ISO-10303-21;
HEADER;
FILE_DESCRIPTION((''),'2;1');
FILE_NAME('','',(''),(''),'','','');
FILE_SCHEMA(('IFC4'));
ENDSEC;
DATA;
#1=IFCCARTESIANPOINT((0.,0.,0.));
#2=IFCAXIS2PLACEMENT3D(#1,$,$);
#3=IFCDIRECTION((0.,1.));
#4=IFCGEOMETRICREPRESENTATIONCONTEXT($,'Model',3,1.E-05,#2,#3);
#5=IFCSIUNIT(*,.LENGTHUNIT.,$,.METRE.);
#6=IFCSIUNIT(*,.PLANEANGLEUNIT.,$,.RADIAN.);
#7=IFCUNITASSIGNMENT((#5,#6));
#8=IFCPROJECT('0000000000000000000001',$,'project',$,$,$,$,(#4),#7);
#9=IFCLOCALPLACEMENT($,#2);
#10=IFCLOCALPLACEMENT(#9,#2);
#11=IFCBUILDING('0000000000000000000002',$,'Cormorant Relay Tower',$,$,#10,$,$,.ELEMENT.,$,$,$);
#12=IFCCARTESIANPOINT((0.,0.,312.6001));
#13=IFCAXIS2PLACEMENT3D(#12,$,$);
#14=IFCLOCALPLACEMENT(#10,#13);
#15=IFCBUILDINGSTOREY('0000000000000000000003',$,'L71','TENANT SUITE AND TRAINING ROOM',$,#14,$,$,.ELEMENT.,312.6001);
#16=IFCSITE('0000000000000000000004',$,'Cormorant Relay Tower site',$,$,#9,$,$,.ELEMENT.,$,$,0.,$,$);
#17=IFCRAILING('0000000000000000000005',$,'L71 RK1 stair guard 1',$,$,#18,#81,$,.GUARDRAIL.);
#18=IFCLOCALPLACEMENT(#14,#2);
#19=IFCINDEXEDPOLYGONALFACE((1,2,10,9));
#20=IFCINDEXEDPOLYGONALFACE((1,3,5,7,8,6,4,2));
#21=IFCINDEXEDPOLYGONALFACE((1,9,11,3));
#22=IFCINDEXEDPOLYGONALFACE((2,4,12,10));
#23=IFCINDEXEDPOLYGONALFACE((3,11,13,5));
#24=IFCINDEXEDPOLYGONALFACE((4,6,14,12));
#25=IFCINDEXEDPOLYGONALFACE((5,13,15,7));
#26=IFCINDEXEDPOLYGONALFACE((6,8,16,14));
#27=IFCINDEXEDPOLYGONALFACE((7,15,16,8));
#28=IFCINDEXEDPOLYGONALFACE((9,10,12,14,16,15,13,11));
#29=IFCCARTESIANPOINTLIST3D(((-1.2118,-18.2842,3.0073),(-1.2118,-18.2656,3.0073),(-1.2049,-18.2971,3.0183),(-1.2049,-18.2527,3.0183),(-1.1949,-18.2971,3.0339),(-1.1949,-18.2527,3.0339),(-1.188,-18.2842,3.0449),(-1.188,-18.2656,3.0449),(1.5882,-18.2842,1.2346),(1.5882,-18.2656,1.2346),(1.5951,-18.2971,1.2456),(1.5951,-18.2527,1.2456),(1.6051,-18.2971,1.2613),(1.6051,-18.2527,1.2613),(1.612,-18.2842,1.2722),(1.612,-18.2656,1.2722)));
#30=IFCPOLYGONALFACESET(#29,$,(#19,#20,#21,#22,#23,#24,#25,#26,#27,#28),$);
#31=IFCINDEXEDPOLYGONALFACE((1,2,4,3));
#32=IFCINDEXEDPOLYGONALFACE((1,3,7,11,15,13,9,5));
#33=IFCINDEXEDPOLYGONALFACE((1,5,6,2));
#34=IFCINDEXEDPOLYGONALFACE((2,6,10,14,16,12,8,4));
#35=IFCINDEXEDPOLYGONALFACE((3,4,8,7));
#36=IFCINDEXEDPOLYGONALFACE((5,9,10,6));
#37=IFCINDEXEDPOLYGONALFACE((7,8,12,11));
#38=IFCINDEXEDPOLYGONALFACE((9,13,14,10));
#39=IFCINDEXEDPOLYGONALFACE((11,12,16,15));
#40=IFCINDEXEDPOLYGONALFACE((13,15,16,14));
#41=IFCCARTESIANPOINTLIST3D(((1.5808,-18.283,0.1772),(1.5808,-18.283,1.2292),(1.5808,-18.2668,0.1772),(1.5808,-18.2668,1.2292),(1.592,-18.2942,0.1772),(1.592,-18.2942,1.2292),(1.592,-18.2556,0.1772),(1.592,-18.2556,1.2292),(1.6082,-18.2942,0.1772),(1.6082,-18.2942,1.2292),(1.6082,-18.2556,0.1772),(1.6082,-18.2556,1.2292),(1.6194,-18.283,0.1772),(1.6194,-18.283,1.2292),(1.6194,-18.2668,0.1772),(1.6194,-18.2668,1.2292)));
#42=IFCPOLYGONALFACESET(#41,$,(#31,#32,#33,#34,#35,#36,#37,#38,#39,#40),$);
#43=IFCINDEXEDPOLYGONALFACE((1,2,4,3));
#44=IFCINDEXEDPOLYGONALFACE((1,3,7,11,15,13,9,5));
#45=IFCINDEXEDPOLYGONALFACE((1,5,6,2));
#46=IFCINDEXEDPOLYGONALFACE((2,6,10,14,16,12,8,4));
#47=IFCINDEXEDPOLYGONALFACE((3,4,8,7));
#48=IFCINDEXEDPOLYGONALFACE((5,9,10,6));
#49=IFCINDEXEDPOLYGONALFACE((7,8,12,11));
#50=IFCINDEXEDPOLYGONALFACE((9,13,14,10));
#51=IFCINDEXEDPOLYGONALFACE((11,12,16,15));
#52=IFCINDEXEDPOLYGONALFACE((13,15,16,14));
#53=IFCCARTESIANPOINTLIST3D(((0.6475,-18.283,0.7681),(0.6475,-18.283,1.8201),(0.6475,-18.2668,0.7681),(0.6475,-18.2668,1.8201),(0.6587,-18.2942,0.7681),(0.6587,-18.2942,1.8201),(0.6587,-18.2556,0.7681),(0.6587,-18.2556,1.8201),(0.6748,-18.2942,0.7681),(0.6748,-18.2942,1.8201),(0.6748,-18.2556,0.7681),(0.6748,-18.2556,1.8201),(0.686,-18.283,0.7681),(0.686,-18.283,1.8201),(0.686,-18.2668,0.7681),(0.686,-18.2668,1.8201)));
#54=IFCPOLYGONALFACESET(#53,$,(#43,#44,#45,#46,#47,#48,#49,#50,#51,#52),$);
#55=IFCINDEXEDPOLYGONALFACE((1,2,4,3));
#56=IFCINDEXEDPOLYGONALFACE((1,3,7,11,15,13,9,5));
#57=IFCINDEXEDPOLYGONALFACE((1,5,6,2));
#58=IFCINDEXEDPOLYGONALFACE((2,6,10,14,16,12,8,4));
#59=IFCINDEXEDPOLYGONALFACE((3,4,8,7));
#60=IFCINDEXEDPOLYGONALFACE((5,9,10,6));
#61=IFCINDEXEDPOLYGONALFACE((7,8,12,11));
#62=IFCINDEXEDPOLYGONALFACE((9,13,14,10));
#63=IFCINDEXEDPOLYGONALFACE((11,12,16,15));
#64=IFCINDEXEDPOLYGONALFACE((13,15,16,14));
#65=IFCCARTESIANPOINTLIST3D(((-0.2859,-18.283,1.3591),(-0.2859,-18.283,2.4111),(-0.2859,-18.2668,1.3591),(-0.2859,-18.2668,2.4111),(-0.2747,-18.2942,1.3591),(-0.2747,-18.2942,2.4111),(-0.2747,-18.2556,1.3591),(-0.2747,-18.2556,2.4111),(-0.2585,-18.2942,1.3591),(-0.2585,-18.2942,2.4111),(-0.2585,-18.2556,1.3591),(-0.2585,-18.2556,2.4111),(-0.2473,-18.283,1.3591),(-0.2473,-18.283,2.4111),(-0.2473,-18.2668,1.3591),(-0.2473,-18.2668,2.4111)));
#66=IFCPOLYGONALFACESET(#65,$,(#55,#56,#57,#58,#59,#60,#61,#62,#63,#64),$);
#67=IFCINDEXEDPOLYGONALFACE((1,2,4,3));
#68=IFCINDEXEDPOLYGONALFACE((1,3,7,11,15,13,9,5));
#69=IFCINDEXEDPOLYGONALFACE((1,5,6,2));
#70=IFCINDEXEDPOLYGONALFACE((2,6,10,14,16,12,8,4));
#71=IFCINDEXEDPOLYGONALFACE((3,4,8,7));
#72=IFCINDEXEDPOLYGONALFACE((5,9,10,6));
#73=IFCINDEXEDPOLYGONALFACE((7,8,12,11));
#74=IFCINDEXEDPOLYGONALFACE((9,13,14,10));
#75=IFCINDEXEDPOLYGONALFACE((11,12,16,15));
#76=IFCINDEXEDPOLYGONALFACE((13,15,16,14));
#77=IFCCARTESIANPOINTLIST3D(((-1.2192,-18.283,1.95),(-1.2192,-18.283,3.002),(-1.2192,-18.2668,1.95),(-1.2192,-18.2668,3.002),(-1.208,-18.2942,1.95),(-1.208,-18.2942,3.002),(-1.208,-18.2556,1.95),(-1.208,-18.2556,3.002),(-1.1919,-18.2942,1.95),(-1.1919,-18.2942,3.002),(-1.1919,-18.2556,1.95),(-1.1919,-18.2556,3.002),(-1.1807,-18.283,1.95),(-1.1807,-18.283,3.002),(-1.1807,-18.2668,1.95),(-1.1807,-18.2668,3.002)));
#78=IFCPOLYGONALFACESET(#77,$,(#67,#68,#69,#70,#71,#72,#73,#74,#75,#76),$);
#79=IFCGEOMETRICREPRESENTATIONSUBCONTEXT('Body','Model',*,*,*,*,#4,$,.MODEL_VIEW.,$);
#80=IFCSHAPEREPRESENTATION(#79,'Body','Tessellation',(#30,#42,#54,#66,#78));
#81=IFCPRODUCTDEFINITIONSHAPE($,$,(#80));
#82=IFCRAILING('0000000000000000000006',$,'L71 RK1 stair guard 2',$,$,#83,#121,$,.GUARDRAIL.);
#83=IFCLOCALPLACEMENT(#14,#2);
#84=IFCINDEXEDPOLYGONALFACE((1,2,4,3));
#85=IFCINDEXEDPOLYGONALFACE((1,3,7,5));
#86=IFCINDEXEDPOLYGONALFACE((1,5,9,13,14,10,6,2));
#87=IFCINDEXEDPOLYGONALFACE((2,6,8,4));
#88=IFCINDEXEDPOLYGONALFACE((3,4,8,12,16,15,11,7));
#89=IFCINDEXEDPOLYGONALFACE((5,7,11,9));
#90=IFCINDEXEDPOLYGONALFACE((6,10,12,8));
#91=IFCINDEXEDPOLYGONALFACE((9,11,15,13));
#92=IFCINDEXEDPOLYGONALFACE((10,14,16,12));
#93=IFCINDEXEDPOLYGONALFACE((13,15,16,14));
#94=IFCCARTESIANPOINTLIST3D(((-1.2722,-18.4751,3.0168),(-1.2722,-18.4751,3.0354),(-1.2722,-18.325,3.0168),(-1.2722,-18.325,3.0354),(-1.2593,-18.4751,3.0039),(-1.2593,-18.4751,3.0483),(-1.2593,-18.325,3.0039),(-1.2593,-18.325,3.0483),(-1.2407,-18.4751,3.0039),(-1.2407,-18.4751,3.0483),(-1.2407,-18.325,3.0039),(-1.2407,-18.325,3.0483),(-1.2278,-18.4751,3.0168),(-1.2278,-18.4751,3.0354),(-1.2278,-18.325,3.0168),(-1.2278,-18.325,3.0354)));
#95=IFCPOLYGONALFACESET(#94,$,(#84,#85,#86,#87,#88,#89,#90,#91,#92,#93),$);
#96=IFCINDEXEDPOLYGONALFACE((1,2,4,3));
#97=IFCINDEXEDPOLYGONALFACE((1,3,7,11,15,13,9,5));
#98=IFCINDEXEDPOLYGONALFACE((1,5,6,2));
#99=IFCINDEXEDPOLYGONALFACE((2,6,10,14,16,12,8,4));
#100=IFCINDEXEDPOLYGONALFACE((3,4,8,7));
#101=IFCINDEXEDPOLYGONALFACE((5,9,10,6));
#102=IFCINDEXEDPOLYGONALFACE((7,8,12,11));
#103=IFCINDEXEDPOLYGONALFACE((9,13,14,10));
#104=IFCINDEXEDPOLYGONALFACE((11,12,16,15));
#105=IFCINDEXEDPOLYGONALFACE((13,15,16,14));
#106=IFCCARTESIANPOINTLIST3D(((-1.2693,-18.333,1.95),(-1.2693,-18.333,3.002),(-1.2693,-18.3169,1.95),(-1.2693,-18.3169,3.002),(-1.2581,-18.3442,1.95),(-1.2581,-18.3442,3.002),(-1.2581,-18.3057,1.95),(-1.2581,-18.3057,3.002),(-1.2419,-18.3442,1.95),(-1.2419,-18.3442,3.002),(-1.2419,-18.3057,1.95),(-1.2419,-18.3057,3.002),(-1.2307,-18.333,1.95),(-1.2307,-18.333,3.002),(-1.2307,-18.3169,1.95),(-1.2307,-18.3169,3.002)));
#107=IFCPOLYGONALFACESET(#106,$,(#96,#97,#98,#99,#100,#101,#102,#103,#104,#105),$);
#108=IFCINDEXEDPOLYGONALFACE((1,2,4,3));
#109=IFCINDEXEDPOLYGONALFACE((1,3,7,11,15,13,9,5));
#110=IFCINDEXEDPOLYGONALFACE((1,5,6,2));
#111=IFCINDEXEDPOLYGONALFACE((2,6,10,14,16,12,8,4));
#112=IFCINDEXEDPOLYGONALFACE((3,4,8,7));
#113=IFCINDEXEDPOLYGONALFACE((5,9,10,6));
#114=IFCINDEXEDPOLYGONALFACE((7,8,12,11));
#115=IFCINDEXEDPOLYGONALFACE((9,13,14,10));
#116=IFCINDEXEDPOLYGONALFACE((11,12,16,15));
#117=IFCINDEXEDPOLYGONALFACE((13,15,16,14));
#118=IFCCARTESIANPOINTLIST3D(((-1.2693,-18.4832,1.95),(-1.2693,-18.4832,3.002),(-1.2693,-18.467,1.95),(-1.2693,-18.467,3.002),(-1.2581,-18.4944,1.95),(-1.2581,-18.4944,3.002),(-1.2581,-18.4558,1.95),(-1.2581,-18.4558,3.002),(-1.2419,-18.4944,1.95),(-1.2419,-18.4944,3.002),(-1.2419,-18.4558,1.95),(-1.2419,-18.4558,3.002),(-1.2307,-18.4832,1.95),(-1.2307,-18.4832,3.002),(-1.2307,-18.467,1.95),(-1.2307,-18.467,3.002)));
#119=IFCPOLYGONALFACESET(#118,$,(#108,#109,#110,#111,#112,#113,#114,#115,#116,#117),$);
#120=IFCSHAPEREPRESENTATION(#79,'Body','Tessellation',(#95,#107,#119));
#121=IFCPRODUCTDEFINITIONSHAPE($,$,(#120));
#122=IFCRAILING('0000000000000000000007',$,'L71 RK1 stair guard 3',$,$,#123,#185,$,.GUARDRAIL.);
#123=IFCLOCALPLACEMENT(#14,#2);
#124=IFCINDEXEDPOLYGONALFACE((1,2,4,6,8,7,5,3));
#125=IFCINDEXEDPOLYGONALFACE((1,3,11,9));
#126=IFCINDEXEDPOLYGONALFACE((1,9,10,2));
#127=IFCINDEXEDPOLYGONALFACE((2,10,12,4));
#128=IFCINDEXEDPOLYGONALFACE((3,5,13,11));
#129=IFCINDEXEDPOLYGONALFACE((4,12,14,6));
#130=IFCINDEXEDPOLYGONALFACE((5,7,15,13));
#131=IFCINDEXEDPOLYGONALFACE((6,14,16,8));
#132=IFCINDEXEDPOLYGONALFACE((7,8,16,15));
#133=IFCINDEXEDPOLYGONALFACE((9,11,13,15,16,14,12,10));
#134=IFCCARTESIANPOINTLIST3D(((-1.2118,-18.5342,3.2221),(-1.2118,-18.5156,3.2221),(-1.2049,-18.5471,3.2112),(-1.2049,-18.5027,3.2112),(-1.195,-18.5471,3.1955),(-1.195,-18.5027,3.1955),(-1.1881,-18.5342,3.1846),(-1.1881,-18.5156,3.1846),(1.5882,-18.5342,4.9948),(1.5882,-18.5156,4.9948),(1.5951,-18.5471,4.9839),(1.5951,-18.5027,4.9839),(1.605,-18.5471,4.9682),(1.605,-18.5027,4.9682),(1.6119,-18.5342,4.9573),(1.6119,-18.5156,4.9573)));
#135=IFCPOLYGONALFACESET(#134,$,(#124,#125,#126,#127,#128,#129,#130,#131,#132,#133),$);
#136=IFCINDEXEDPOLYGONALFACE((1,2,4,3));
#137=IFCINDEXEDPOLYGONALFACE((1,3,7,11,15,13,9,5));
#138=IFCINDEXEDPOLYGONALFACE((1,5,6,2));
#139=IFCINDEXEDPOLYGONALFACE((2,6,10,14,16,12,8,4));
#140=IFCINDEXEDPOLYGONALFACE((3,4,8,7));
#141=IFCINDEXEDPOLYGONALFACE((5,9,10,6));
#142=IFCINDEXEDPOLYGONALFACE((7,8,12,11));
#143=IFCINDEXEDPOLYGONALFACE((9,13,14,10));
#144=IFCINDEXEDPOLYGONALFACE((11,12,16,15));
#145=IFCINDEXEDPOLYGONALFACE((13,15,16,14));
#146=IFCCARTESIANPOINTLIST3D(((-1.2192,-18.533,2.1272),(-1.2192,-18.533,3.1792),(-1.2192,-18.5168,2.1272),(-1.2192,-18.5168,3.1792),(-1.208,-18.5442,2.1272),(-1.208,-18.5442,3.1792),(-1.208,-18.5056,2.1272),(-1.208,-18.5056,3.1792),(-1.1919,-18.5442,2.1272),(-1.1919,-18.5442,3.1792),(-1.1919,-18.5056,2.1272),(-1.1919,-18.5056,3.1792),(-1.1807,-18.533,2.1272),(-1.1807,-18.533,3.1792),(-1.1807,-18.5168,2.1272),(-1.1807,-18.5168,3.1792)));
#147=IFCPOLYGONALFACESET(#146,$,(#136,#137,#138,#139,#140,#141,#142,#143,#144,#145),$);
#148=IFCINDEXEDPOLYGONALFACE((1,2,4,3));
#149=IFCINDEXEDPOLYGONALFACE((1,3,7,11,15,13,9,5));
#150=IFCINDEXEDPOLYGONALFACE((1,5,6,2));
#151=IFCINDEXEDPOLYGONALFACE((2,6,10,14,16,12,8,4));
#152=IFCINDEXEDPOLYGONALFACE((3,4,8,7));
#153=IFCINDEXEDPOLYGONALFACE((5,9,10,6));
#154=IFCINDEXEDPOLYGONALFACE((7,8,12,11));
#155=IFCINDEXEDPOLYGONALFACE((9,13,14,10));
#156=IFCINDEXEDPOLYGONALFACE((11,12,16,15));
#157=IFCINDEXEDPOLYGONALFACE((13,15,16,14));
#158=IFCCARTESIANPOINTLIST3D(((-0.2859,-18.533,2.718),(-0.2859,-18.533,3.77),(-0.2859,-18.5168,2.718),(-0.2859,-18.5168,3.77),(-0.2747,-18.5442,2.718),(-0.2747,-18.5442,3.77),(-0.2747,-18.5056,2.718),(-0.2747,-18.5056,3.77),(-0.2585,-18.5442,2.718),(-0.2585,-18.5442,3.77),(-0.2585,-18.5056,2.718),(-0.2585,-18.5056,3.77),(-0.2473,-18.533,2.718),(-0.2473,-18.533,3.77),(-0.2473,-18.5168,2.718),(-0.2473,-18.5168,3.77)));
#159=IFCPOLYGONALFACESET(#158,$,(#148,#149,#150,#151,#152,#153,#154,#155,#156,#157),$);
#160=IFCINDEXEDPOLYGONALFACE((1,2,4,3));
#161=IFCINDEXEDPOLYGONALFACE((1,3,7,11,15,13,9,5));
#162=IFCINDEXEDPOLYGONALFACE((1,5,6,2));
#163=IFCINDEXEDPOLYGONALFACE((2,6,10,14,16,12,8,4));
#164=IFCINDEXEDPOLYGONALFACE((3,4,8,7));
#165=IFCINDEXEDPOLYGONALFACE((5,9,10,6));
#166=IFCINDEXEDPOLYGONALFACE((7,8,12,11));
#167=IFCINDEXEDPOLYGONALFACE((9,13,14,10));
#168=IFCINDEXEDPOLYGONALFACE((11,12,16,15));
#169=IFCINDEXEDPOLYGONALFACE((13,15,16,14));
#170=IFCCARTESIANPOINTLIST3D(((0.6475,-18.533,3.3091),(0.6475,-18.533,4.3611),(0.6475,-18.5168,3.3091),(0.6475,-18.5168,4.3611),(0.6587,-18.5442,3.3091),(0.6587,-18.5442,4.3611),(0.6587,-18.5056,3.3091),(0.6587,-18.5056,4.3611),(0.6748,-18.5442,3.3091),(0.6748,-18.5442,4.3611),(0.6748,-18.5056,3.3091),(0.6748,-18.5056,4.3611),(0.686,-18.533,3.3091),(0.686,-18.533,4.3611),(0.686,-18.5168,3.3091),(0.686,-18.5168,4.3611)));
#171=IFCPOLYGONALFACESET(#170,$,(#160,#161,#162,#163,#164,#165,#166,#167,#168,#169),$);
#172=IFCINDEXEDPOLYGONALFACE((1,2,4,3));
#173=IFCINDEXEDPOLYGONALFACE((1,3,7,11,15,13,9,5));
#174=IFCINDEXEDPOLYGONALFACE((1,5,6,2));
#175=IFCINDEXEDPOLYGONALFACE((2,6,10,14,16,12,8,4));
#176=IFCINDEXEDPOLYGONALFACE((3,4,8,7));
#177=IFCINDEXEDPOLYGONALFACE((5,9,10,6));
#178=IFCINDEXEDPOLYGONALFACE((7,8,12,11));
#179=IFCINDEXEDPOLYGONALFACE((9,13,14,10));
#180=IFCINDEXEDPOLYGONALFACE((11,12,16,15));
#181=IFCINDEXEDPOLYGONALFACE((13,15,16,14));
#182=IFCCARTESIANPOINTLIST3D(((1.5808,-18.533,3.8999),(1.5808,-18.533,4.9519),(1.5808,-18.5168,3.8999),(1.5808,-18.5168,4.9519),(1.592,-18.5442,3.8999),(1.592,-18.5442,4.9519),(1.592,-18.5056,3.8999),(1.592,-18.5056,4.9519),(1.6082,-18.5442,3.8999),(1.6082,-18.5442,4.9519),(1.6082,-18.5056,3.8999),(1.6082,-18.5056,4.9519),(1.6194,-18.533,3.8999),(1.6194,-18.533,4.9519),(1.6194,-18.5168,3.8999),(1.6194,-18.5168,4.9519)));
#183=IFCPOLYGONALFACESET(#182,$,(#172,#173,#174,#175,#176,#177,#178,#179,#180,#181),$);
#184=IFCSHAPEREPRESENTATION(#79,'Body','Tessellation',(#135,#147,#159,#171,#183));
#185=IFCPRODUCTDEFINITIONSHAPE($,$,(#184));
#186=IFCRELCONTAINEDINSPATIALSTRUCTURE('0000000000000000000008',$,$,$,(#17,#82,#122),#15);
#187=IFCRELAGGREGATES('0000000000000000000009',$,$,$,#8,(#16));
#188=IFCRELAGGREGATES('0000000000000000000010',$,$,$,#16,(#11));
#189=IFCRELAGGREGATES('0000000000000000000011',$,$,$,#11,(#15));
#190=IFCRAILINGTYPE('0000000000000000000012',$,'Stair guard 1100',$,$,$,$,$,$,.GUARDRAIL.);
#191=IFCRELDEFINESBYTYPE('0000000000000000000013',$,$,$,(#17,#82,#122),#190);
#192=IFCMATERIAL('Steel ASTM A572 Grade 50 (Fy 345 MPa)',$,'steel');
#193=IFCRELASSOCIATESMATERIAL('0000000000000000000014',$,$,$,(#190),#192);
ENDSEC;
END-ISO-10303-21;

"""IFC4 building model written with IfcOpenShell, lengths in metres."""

from ifc_helpers import new_model, si_unit, direction, frame, origin, place, context, subcontext, project, spatial, polyline, outline, extrude, material, type_object, element, save


model = new_model("IFC4")

# Units and contexts
model_context = context("Model", 3, precision=1e-05, world=origin(), true_north=direction((0.0, 1.0)))
body_context = subcontext(model_context, "Body", "Model", "MODEL_VIEW")
ifc_project = project(units=[si_unit("LENGTHUNIT", "METRE"), si_unit("PLANEANGLEUNIT", "RADIAN")], contexts=[model_context])

# Site, building, storey
site_placement = place(None, origin())
site = spatial("IfcSite", under=ifc_project, at=site_placement, Name="Cormorant Relay Tower site", CompositionType="ELEMENT", RefElevation=0.0)
building_placement = place(site_placement, origin())
building = spatial("IfcBuilding", under=site, at=building_placement, Name="Cormorant Relay Tower", CompositionType="ELEMENT")
storey_placement = place(building_placement, frame((0.0, 0.0, 312.6001)))
storey = spatial("IfcBuildingStorey", under=building, at=storey_placement, Name="L71", Description="TENANT SUITE AND TRAINING ROOM", CompositionType="ELEMENT", Elevation=312.6001)

# Railings
ifc_material_1 = material(Name="Steel ASTM A572 Grade 50 (Fy 345 MPa)", Category="steel")
railing_type_1 = type_object("IfcRailingType", Name="Stair guard 1100", PredefinedType="GUARDRAIL", material=ifc_material_1)
railing_1_placement = place(storey_placement, frame((1.6001, -18.2749, 0.1772)))
element("IfcRailing", 1, at=railing_1_placement, inside=storey, type_object=railing_type_1, Name="L71 RK1 stair guard 1", PredefinedType="GUARDRAIL", context=body_context, shape_type="SweptSolid", body=[
    extrude(outline(polyline([(0.0222, 0.0093), (0.0093, 0.0222), (-0.0093, 0.0222), (-0.0222, 0.0093), (-0.0222, -0.0093), (-0.0093, -0.0222), (0.0093, -0.0222), (0.0222, -0.0093), (0.0222, 0.0093)])), frame((0.0, 0.0, 1.0762), z_axis=(-0.844909, 0.0, 0.53491), x_axis=(0.0, -1.0, 0.0)), (0.0, 0.0, 1.0), 3.314),
    extrude(outline(polyline([(0.0193, 0.0081), (0.0081, 0.0193), (-0.0081, 0.0193), (-0.0193, 0.0081), (-0.0193, -0.0081), (-0.0081, -0.0193), (0.0081, -0.0193), (0.0193, -0.0081), (0.0193, 0.0081)])), origin(), (0.0, 0.0, 1.0), 1.052),
    extrude(outline(polyline([(0.0193, 0.0081), (0.0081, 0.0193), (-0.0081, 0.0193), (-0.0193, 0.0081), (-0.0193, -0.0081), (-0.0081, -0.0193), (0.0081, -0.0193), (0.0193, -0.0081), (0.0193, 0.0081)])), frame((-0.9333, 0.0, 0.5908)), (0.0, 0.0, 1.0), 1.052),
    extrude(outline(polyline([(0.0193, 0.0081), (0.0081, 0.0193), (-0.0081, 0.0193), (-0.0193, 0.0081), (-0.0193, -0.0081), (-0.0081, -0.0193), (0.0081, -0.0193), (0.0193, -0.0081), (0.0193, 0.0081)])), frame((-1.8667, 0.0, 1.1819)), (0.0, 0.0, 1.0), 1.052),
    extrude(outline(polyline([(0.0193, 0.0081), (0.0081, 0.0193), (-0.0081, 0.0193), (-0.0193, 0.0081), (-0.0193, -0.0081), (-0.0081, -0.0193), (0.0081, -0.0193), (0.0193, -0.0081), (0.0193, 0.0081)])), frame((-2.8, 0.0, 1.7727)), (0.0, 0.0, 1.0), 1.052),
])
railing_2_placement = place(storey_placement, frame((-1.25, -18.325, 1.95)))
element("IfcRailing", 2, at=railing_2_placement, inside=storey, type_object=railing_type_1, Name="L71 RK1 stair guard 2", PredefinedType="GUARDRAIL", context=body_context, shape_type="SweptSolid", body=[
    extrude(outline(polyline([(0.0222, 0.0093), (0.0093, 0.0222), (-0.0093, 0.0222), (-0.0222, 0.0093), (-0.0222, -0.0093), (-0.0093, -0.0222), (0.0093, -0.0222), (0.0222, -0.0093), (0.0222, 0.0093)])), frame((0.0, 0.0, 1.0762), z_axis=(0.0, -1.0, 0.0), x_axis=(1.0, 0.0, 0.0)), (0.0, 0.0, 1.0), 0.1501),
    extrude(outline(polyline([(0.0193, 0.0081), (0.0081, 0.0193), (-0.0081, 0.0193), (-0.0193, 0.0081), (-0.0193, -0.0081), (-0.0081, -0.0193), (0.0081, -0.0193), (0.0193, -0.0081), (0.0193, 0.0081)])), origin(), (0.0, 0.0, 1.0), 1.052),
    extrude(outline(polyline([(0.0193, 0.0081), (0.0081, 0.0193), (-0.0081, 0.0193), (-0.0193, 0.0081), (-0.0193, -0.0081), (-0.0081, -0.0193), (0.0081, -0.0193), (0.0193, -0.0081), (0.0193, 0.0081)])), frame((0.0, -0.1501, 0.0)), (0.0, 0.0, 1.0), 1.052),
])
railing_3_placement = place(storey_placement, frame((-1.2, -18.5249, 2.1272)))
element("IfcRailing", 3, at=railing_3_placement, inside=storey, type_object=railing_type_1, Name="L71 RK1 stair guard 3", PredefinedType="GUARDRAIL", context=body_context, shape_type="SweptSolid", body=[
    extrude(outline(polyline([(0.0222, 0.0093), (0.0093, 0.0222), (-0.0093, 0.0222), (-0.0222, 0.0093), (-0.0222, -0.0093), (-0.0093, -0.0222), (0.0093, -0.0222), (0.0222, -0.0093), (0.0222, 0.0093)])), frame((0.0, 0.0, 1.0762), z_axis=(0.844909, 0.0, 0.53491), x_axis=(0.0, 1.0, 0.0)), (0.0, 0.0, 1.0), 3.314),
    extrude(outline(polyline([(0.0193, 0.0081), (0.0081, 0.0193), (-0.0081, 0.0193), (-0.0193, 0.0081), (-0.0193, -0.0081), (-0.0081, -0.0193), (0.0081, -0.0193), (0.0193, -0.0081), (0.0193, 0.0081)])), origin(), (0.0, 0.0, 1.0), 1.052),
    extrude(outline(polyline([(0.0193, 0.0081), (0.0081, 0.0193), (-0.0081, 0.0193), (-0.0193, 0.0081), (-0.0193, -0.0081), (-0.0081, -0.0193), (0.0081, -0.0193), (0.0193, -0.0081), (0.0193, 0.0081)])), frame((0.9333, 0.0, 0.5908)), (0.0, 0.0, 1.0), 1.052),
    extrude(outline(polyline([(0.0193, 0.0081), (0.0081, 0.0193), (-0.0081, 0.0193), (-0.0193, 0.0081), (-0.0193, -0.0081), (-0.0081, -0.0193), (0.0081, -0.0193), (0.0193, -0.0081), (0.0193, 0.0081)])), frame((1.8667, 0.0, 1.1819)), (0.0, 0.0, 1.0), 1.052),
    extrude(outline(polyline([(0.0193, 0.0081), (0.0081, 0.0193), (-0.0081, 0.0193), (-0.0193, 0.0081), (-0.0193, -0.0081), (-0.0081, -0.0193), (0.0081, -0.0193), (0.0193, -0.0081), (0.0193, 0.0081)])), frame((2.8, 0.0, 1.7727)), (0.0, 0.0, 1.0), 1.052),
])

save(model, "model.ifc")
